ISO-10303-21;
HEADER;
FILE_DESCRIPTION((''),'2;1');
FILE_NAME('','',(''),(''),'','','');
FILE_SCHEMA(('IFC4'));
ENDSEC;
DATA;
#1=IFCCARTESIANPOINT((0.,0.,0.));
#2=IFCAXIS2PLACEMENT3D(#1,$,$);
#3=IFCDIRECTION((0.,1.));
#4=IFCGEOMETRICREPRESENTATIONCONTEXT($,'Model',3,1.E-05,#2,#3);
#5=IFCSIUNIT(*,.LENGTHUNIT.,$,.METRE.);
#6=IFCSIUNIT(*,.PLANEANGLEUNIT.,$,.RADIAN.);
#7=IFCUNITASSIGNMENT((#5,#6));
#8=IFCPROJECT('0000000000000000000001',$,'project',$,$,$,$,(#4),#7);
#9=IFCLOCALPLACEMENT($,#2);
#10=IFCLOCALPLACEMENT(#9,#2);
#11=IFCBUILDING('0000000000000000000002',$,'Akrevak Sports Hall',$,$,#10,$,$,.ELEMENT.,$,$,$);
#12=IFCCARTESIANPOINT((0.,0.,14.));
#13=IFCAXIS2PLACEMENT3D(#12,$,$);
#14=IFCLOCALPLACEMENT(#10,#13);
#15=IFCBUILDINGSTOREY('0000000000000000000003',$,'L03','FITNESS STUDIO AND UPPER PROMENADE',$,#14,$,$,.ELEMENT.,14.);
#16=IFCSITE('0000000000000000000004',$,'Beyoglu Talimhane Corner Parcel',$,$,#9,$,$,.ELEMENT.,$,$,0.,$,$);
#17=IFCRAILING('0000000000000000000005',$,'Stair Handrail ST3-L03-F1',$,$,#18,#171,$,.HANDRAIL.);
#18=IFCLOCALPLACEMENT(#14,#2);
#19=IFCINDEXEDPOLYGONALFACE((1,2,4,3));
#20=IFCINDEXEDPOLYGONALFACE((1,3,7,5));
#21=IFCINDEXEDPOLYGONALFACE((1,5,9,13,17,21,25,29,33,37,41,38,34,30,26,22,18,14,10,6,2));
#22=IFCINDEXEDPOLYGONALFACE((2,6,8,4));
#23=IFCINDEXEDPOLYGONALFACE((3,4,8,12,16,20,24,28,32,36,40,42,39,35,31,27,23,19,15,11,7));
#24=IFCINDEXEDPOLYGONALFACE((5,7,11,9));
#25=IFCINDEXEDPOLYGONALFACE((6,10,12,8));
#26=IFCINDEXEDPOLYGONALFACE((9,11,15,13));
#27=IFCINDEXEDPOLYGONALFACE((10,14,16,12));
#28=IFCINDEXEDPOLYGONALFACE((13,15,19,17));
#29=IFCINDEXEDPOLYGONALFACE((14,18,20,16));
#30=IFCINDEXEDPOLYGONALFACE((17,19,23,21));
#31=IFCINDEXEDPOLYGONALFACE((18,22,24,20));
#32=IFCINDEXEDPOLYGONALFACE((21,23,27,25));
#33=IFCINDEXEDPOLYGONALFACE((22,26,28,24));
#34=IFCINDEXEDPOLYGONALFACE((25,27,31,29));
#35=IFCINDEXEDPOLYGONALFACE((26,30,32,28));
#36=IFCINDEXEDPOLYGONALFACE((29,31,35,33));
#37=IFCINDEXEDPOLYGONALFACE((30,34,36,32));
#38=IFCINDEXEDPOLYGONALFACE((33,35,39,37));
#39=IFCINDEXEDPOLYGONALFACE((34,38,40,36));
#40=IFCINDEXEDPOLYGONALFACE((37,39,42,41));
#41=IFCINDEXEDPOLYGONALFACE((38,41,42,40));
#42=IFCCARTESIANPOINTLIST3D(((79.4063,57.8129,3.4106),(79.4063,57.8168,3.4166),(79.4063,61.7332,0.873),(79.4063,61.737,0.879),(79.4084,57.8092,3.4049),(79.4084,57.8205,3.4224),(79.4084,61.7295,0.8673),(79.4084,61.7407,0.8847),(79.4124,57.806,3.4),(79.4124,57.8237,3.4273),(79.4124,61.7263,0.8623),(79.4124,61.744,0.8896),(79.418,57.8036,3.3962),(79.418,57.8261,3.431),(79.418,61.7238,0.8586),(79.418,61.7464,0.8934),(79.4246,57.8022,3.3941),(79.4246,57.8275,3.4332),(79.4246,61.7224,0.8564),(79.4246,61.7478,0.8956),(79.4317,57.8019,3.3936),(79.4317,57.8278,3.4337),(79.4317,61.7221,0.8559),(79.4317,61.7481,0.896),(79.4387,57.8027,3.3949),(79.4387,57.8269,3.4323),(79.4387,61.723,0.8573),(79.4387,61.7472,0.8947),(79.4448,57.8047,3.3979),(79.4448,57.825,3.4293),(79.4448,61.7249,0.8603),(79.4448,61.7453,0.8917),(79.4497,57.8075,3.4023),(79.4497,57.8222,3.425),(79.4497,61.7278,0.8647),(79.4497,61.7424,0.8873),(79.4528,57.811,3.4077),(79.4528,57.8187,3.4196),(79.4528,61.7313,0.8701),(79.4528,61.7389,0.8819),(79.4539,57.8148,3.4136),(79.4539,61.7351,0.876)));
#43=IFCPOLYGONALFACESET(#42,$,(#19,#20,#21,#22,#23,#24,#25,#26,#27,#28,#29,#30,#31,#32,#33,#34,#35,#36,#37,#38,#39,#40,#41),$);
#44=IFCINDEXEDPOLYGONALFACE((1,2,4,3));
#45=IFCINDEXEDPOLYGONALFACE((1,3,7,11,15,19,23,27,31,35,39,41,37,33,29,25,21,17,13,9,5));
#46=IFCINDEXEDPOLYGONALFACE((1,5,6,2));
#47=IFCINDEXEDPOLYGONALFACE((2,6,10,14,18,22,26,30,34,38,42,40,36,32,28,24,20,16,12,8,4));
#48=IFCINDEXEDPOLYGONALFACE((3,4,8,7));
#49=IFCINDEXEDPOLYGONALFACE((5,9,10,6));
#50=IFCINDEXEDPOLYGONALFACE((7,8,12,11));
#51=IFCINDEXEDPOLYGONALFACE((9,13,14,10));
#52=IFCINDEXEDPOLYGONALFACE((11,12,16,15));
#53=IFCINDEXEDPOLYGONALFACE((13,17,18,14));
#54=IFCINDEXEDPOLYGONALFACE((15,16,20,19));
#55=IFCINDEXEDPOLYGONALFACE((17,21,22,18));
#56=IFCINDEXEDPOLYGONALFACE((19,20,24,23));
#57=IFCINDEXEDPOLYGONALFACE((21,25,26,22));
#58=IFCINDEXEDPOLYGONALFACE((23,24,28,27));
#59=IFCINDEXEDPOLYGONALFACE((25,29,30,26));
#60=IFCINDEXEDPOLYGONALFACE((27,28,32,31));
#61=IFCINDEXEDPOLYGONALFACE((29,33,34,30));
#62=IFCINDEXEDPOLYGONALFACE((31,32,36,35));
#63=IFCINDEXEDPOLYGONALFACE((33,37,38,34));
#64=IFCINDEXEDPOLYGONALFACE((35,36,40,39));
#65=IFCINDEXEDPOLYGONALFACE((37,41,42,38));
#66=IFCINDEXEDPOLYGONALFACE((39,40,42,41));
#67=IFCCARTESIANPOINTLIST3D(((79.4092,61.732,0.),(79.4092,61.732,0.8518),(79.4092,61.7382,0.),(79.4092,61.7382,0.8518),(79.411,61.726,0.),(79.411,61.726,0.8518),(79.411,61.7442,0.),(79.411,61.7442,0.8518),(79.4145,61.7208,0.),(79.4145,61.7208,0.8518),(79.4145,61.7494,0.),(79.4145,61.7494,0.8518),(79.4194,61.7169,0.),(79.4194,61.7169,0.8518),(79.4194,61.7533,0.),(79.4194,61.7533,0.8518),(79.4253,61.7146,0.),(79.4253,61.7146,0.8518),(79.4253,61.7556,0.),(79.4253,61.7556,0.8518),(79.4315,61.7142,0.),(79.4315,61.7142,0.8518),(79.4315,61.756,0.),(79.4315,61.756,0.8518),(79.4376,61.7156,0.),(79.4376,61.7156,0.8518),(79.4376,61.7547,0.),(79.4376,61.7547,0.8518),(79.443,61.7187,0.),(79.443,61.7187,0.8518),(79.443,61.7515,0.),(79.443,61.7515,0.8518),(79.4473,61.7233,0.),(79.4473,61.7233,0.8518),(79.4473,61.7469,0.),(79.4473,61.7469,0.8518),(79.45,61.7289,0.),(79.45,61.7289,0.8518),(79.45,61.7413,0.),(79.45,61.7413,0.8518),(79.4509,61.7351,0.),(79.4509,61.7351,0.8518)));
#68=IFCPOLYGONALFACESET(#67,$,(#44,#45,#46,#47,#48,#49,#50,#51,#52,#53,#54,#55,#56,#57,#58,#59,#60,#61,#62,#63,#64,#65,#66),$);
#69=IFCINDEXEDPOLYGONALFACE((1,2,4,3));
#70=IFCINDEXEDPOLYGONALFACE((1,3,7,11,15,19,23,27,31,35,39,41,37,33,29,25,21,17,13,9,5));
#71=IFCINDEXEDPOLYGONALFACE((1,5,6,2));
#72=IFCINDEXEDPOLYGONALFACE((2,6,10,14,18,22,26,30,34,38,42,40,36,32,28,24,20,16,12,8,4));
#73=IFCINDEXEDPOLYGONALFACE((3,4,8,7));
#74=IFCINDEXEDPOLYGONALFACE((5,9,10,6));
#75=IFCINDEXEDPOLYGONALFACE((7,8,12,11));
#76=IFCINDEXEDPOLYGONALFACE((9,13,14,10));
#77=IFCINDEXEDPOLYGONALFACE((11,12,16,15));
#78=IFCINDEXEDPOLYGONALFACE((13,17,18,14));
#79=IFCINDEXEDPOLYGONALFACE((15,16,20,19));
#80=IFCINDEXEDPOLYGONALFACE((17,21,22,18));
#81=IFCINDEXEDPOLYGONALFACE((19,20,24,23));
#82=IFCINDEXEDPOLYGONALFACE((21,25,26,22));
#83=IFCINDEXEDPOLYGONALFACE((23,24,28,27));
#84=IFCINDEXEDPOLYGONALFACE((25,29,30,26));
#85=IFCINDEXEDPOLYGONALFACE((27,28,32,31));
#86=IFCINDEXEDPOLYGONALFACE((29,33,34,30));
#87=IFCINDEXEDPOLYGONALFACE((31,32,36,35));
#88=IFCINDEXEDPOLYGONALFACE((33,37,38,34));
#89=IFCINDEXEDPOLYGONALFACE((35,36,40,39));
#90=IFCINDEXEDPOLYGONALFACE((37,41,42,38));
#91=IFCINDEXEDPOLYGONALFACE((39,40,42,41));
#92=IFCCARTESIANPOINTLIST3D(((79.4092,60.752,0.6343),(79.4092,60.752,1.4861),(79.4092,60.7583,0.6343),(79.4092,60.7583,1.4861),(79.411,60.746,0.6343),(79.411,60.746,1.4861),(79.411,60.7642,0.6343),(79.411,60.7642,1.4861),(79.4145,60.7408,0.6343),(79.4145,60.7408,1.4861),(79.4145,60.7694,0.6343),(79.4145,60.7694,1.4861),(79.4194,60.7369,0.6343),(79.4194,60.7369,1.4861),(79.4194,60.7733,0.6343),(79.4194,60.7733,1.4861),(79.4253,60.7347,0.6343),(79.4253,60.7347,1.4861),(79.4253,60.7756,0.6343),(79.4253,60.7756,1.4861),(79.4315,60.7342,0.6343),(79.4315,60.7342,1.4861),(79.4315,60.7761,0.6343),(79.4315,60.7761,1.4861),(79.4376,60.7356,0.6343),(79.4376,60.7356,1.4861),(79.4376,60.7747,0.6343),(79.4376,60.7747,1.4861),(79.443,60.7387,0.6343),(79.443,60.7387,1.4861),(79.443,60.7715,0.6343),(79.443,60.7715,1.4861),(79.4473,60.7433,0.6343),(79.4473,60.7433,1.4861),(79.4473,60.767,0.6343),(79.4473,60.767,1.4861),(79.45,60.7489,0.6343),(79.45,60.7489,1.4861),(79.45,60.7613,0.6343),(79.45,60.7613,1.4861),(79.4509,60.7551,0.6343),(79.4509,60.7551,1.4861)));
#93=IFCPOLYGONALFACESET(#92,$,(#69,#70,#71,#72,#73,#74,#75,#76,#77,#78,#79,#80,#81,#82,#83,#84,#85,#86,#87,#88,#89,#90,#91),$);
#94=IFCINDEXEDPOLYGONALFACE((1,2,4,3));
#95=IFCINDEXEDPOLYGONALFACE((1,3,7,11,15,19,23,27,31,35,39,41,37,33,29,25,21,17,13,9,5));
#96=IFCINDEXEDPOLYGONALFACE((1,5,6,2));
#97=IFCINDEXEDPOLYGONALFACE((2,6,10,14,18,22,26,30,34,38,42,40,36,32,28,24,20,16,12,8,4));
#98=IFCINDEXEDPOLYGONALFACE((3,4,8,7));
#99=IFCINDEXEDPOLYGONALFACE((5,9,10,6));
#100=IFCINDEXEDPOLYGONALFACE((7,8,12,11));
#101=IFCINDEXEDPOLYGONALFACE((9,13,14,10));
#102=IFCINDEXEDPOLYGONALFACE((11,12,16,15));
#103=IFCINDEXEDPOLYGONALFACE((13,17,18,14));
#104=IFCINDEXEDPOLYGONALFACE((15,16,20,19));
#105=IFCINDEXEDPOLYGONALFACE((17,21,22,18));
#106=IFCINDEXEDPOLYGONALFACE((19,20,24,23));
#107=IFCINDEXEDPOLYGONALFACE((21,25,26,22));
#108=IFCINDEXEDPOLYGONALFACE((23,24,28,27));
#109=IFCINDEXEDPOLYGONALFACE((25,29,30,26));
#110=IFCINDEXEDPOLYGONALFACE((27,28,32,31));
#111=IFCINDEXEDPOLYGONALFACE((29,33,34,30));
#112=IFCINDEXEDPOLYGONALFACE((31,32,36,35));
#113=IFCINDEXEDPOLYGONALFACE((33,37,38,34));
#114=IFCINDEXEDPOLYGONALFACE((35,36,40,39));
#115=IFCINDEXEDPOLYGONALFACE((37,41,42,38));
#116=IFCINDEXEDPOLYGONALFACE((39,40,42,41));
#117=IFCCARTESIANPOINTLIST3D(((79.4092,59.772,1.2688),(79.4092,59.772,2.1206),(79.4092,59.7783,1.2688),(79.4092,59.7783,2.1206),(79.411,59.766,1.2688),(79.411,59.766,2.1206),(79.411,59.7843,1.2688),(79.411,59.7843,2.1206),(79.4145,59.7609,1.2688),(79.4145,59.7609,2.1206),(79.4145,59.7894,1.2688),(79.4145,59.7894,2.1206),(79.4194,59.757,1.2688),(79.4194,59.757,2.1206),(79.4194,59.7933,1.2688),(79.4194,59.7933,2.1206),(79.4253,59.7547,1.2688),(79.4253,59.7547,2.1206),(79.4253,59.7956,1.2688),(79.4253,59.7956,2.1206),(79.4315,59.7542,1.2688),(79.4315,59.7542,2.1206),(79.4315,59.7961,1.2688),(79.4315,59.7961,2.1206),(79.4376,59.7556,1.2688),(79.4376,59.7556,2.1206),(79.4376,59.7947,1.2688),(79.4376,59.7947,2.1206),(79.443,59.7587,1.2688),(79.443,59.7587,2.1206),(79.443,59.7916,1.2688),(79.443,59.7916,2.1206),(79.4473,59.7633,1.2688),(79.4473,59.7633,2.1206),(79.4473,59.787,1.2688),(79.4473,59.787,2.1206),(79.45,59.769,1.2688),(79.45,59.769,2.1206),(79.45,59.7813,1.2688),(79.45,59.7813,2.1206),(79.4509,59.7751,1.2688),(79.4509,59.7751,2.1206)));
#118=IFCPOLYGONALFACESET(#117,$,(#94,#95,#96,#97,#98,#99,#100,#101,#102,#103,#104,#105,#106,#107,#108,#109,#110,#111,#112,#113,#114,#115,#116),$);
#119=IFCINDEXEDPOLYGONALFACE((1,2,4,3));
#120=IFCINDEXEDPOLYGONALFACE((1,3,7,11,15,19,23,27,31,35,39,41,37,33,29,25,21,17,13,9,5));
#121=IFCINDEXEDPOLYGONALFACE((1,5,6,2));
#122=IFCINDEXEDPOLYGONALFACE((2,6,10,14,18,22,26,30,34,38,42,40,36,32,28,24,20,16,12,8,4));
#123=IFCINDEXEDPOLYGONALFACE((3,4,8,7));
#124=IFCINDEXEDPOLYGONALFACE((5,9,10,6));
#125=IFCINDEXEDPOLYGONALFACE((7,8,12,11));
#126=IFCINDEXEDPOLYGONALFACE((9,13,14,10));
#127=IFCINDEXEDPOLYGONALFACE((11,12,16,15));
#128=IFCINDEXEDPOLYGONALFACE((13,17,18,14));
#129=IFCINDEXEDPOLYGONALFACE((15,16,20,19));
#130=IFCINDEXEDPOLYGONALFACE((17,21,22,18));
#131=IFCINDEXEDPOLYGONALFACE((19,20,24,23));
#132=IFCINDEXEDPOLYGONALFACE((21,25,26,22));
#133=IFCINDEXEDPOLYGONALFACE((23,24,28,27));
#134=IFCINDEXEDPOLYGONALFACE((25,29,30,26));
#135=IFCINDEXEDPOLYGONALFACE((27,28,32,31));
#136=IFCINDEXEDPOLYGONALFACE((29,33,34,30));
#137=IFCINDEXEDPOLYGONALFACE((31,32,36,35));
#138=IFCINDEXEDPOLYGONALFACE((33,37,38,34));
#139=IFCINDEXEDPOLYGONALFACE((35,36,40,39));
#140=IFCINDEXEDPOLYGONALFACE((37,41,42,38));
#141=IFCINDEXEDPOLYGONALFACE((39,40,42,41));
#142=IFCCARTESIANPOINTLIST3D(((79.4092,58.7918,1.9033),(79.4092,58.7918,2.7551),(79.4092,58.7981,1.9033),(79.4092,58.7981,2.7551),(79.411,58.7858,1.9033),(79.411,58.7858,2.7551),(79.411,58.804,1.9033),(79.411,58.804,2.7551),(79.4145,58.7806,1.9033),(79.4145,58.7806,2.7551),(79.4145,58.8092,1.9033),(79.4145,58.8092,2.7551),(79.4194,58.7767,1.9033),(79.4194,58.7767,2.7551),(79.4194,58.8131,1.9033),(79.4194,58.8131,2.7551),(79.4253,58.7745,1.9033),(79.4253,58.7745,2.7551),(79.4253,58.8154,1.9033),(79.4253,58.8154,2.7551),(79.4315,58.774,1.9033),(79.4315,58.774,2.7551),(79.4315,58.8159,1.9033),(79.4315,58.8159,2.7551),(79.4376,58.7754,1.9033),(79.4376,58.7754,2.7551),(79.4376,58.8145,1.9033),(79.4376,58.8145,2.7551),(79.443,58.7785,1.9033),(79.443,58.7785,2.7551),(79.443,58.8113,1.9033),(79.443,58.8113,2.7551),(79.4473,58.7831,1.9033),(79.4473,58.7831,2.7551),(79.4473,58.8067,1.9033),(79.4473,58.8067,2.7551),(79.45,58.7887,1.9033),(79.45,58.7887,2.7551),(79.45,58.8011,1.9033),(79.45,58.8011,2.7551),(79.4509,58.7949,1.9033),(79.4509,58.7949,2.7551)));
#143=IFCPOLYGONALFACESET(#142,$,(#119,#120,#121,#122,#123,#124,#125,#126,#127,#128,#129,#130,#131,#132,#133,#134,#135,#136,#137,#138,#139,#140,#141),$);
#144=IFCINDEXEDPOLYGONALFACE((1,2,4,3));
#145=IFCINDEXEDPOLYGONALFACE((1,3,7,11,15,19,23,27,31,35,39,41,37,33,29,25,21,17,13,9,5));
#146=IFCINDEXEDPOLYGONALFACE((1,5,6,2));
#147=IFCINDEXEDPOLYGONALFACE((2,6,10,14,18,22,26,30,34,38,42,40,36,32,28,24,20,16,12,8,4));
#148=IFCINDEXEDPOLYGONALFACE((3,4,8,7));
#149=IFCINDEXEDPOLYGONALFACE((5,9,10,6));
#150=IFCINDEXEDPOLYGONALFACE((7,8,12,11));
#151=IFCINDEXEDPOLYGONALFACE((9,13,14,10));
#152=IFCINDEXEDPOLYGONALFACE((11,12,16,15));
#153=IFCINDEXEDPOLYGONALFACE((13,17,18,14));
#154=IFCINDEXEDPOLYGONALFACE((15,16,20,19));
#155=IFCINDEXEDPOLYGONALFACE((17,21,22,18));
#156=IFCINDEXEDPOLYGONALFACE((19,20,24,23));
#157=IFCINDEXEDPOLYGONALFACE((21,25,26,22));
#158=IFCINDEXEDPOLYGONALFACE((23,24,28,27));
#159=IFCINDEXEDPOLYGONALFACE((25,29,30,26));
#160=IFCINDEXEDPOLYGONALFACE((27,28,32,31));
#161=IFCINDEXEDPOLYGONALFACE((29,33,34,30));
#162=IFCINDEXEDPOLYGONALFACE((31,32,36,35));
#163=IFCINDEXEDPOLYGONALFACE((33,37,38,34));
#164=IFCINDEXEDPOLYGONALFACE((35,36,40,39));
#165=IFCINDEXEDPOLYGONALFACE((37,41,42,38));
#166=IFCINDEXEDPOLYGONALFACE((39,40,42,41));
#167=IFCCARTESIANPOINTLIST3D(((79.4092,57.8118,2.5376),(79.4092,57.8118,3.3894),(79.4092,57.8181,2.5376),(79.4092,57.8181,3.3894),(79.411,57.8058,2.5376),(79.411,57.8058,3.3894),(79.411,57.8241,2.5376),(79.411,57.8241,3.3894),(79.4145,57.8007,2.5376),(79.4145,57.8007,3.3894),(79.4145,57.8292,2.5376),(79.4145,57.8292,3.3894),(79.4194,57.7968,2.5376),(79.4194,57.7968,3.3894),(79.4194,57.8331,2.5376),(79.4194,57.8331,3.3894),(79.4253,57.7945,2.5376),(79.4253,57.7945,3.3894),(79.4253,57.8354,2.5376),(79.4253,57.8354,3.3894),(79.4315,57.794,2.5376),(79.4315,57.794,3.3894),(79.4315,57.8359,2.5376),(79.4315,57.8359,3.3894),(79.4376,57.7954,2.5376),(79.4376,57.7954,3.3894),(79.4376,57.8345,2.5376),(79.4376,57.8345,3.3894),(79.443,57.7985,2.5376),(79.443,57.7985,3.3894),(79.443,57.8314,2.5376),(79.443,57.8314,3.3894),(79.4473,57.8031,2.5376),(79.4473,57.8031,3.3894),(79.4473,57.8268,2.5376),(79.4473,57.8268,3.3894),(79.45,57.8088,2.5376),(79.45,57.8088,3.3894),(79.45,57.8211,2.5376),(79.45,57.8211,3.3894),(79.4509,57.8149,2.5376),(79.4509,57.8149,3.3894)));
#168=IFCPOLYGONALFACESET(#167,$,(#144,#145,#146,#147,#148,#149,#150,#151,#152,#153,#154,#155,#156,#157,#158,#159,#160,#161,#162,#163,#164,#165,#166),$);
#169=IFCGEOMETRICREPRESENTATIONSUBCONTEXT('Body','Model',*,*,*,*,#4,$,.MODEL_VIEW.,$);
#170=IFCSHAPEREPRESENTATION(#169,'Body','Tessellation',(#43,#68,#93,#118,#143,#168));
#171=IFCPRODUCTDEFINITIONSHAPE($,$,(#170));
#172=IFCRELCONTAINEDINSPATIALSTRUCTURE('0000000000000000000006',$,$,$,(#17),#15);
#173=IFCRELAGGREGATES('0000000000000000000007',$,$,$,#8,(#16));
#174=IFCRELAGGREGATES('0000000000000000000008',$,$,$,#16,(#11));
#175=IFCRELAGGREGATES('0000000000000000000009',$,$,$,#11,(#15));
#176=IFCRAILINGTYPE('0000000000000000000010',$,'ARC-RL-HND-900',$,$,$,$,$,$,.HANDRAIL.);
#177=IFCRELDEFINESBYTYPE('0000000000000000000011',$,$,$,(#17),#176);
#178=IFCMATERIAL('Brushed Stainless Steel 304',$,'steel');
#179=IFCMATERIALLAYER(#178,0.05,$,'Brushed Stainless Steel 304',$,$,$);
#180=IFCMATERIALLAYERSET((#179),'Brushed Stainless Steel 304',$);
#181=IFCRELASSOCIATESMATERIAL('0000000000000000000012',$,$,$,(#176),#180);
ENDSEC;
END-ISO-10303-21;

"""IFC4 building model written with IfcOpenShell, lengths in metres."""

from ifc_helpers import new_model, si_unit, direction, frame, origin, origin_2d, place, context, subcontext, project, spatial, circle, extrude, material, layer, layer_set, type_object, element, save


model = new_model("IFC4")

# Units and contexts
model_context = context("Model", 3, precision=1e-05, world=origin(), true_north=direction((0.0, 1.0)))
body_context = subcontext(model_context, "Body", "Model", "MODEL_VIEW")
ifc_project = project(units=[si_unit("LENGTHUNIT", "METRE"), si_unit("PLANEANGLEUNIT", "RADIAN")], contexts=[model_context])

# Site, building, storey
site_placement = place(None, origin())
site = spatial("IfcSite", under=ifc_project, at=site_placement, Name="Beyoglu Talimhane Corner Parcel", CompositionType="ELEMENT", RefElevation=0.0)
building_placement = place(site_placement, origin())
building = spatial("IfcBuilding", under=site, at=building_placement, Name="Akrevak Sports Hall", CompositionType="ELEMENT")
storey_placement = place(building_placement, frame((0.0, 0.0, 14.0)))
storey = spatial("IfcBuildingStorey", under=building, at=storey_placement, Name="L03", Description="FITNESS STUDIO AND UPPER PROMENADE", CompositionType="ELEMENT", Elevation=14.0)

# Railing
ifc_material_1 = material(Name="Brushed Stainless Steel 304", Category="steel")
ifc_layer_1 = layer(ifc_material_1, 0.05, Name="Brushed Stainless Steel 304")
ifc_layer_set_1 = layer_set([ifc_layer_1], Name="Brushed Stainless Steel 304")
railing_type_1 = type_object("IfcRailingType", Name="ARC-RL-HND-900", PredefinedType="HANDRAIL", material=ifc_layer_set_1)
railing_1_placement = place(storey_placement, frame((79.4299, 61.7351, 0.0)))
element("IfcRailing", 1, at=railing_1_placement, inside=storey, type_object=railing_type_1, Name="Stair Handrail ST3-L03-F1", PredefinedType="HANDRAIL", context=body_context, shape_type="SweptSolid", body=[
    extrude(circle(Radius=0.0239, at=origin_2d()), frame((0.0, 0.0, 0.876), z_axis=(0.0, -0.839471, 0.543405), x_axis=(1.0, 0.0, 0.0)), (0.0, 0.0, 1.0), 4.6699),
    extrude(circle(Radius=0.021, at=origin_2d()), origin(), (0.0, 0.0, 1.0), 0.8518),
    extrude(circle(Radius=0.021, at=origin_2d()), frame((0.0, -0.98, 0.6343)), (0.0, 0.0, 1.0), 0.8518),
    extrude(circle(Radius=0.021, at=origin_2d()), frame((0.0, -1.96, 1.2688)), (0.0, 0.0, 1.0), 0.8518),
    extrude(circle(Radius=0.021, at=origin_2d()), frame((0.0, -2.9402, 1.9033)), (0.0, 0.0, 1.0), 0.8518),
    extrude(circle(Radius=0.021, at=origin_2d()), frame((0.0, -3.9202, 2.5376)), (0.0, 0.0, 1.0), 0.8518),
])

save(model, "model.ifc")
